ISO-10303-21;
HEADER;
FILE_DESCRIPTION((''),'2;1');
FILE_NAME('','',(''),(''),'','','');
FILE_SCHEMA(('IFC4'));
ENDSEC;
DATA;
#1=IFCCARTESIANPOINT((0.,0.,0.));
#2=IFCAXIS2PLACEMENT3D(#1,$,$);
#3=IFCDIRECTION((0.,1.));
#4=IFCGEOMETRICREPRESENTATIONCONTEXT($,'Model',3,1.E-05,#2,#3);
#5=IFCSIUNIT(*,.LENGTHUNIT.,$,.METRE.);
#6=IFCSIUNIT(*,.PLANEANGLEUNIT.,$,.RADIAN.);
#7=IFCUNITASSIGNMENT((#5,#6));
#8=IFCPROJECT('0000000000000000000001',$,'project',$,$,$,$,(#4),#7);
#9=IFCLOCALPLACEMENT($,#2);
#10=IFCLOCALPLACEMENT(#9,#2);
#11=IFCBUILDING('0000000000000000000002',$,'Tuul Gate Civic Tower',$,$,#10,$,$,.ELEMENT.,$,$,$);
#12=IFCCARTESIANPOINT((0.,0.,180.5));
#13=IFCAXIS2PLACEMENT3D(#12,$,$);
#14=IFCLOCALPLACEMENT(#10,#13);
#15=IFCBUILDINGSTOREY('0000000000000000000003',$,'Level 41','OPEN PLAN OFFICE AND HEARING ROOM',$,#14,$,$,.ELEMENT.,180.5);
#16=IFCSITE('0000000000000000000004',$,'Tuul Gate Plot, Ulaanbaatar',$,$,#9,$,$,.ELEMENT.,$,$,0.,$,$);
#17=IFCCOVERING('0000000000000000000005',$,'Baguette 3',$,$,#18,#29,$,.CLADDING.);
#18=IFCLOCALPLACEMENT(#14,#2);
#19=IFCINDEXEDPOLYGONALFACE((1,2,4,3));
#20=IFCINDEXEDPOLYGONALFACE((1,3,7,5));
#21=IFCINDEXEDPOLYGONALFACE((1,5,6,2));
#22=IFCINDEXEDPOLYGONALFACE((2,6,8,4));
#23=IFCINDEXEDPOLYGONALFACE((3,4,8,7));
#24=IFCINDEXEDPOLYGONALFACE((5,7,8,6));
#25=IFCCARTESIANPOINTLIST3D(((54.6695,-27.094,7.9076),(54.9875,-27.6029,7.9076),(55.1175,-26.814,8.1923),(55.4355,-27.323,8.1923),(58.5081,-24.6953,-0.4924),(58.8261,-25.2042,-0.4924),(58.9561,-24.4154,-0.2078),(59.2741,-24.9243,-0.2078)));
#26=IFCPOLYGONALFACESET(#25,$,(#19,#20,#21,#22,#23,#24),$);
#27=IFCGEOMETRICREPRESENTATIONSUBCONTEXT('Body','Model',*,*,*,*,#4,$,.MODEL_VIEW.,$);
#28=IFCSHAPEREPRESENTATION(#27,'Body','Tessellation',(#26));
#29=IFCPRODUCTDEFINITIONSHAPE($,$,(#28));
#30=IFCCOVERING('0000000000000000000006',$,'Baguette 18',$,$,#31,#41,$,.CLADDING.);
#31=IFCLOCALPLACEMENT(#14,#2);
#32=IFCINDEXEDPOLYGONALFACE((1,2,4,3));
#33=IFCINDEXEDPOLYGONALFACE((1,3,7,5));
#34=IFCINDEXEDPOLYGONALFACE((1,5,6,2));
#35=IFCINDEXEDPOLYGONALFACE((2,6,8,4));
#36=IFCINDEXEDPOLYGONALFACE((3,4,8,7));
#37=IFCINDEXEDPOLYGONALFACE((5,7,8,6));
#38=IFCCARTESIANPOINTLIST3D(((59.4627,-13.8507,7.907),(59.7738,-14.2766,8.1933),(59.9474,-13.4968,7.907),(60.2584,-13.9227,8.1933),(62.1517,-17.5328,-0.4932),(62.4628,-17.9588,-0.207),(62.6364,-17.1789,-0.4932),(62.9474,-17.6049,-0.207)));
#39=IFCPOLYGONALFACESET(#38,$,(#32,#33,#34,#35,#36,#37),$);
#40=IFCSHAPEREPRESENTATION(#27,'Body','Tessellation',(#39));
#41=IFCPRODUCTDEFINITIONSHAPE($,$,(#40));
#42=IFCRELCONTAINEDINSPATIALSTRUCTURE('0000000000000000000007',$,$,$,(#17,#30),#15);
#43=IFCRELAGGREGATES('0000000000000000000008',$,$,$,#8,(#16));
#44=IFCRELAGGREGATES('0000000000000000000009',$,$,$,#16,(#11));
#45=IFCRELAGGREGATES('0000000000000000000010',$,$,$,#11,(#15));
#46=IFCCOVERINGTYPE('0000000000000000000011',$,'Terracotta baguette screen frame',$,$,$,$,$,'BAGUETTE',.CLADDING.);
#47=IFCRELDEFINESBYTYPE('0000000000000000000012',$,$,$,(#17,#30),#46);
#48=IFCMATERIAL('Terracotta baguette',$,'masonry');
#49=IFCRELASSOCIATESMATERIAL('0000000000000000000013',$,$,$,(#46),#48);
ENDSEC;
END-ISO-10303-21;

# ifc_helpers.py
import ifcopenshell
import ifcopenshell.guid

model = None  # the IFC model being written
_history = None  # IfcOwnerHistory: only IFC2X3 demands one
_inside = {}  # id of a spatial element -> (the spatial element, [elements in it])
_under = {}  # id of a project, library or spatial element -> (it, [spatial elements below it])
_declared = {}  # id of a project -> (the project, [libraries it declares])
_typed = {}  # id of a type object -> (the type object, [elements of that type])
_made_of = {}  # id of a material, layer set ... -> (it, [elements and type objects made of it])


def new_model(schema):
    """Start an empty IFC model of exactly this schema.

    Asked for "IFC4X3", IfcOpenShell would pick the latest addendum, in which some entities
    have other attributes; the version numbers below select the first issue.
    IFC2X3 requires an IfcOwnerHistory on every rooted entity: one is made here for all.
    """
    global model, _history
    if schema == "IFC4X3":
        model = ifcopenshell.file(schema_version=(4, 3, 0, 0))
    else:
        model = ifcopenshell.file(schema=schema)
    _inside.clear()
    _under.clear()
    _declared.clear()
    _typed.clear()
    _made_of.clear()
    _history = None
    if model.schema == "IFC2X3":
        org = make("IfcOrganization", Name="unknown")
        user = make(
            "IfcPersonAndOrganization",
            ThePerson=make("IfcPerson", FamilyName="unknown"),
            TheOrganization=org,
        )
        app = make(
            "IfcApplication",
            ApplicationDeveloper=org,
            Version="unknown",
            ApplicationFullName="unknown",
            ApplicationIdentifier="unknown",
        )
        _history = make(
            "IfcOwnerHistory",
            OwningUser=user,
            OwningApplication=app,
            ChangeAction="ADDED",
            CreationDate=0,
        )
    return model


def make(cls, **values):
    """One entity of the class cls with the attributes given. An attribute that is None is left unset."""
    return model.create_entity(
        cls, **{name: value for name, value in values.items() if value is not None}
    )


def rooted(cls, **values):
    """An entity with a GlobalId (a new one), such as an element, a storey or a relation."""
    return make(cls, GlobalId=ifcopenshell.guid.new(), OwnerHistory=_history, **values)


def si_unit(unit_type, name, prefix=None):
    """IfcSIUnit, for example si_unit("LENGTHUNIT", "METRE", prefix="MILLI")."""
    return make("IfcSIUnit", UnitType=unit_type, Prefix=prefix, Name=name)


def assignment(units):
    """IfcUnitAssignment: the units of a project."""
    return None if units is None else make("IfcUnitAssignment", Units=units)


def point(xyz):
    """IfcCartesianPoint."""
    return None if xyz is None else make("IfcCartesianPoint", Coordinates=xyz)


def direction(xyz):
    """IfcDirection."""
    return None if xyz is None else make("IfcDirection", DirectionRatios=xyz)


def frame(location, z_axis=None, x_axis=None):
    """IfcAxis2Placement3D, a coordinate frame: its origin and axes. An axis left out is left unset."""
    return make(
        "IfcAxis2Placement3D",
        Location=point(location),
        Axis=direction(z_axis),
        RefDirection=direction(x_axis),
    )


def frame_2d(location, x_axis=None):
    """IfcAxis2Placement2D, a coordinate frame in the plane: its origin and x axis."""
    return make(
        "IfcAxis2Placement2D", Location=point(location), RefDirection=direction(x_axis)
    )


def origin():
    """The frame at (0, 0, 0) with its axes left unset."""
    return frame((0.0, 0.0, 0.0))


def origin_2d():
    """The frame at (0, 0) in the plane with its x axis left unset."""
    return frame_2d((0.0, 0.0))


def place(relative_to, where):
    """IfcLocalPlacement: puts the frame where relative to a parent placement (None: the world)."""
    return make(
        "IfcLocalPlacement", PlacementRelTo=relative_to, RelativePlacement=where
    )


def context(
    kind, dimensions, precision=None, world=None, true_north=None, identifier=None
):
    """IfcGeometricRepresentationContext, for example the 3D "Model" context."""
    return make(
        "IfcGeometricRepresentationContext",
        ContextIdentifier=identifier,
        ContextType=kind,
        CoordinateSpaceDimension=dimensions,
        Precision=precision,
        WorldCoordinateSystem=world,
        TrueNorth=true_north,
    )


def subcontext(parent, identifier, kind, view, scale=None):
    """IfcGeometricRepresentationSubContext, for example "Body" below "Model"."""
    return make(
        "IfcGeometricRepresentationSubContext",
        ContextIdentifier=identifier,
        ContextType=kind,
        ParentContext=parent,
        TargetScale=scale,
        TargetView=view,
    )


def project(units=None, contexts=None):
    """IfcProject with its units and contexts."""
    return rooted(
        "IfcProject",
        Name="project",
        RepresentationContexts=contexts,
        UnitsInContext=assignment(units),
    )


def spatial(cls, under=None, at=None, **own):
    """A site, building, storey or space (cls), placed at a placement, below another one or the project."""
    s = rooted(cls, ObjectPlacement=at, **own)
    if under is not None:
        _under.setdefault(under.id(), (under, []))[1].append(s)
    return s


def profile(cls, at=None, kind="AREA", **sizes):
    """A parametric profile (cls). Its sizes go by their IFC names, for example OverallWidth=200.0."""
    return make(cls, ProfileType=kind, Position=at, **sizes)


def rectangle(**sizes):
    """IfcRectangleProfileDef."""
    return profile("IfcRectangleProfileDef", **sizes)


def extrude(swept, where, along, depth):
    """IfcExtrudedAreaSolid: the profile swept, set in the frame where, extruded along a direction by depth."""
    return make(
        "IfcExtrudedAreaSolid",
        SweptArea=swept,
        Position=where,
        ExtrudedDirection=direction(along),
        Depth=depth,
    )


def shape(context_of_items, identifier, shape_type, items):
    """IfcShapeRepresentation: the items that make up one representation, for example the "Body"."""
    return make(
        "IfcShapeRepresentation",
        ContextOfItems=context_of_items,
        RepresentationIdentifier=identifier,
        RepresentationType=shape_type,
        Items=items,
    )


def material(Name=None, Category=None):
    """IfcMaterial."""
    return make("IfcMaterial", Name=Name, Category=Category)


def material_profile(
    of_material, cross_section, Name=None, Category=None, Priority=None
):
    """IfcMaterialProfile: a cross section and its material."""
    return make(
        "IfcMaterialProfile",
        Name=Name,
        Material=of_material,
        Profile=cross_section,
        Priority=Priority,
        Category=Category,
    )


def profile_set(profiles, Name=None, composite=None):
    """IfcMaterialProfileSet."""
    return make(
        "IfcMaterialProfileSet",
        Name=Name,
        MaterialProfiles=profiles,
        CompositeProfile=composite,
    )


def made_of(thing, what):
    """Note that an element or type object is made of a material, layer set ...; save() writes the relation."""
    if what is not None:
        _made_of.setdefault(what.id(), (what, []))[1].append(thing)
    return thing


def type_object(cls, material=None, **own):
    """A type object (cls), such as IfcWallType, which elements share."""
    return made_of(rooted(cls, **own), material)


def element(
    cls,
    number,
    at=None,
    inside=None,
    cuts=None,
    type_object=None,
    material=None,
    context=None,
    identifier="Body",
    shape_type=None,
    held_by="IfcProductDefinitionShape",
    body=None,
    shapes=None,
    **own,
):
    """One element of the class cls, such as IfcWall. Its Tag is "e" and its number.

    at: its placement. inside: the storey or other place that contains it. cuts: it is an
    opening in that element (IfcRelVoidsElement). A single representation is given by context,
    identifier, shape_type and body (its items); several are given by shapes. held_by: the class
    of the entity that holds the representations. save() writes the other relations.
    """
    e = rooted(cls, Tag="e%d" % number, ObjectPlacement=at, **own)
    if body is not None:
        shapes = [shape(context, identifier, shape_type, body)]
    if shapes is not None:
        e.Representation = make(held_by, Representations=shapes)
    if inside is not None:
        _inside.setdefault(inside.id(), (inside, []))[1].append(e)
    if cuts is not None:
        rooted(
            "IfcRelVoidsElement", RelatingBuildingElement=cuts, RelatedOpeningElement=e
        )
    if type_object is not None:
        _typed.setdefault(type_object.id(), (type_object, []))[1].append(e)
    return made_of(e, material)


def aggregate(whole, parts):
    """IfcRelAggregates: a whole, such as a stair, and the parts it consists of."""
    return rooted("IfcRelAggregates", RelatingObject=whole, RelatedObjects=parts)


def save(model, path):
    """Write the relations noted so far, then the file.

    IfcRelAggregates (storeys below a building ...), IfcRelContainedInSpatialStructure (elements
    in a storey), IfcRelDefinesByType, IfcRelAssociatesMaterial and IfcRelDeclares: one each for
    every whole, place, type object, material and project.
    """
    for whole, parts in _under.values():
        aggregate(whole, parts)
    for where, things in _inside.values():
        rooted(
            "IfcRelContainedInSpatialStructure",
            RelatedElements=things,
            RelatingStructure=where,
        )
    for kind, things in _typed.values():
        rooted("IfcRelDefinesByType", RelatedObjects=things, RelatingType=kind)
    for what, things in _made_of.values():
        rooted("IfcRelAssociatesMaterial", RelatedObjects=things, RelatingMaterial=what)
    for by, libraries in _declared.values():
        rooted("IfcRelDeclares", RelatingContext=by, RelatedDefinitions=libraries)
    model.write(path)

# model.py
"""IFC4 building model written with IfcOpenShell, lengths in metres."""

from ifc_helpers import new_model, si_unit, direction, frame, origin, origin_2d, place, context, subcontext, project, spatial, rectangle, extrude, material, material_profile, profile_set, type_object, element, save


model = new_model("IFC4")

# Units and contexts
model_context = context("Model", 3, precision=1e-05, world=origin(), true_north=direction((0.0, 1.0)))
body_context = subcontext(model_context, "Body", "Model", "MODEL_VIEW")
ifc_project = project(units=[si_unit("LENGTHUNIT", "METRE"), si_unit("PLANEANGLEUNIT", "RADIAN")], contexts=[model_context])

# Site, building, storey
site_placement = place(None, origin())
site = spatial("IfcSite", under=ifc_project, at=site_placement, Name="Tuul Gate Plot, Ulaanbaatar", CompositionType="ELEMENT", RefElevation=0.0)
building_placement = place(site_placement, origin())
building = spatial("IfcBuilding", under=site, at=building_placement, Name="Tuul Gate Civic Tower", CompositionType="ELEMENT")
storey_placement = place(building_placement, frame((0.0, 0.0, 180.5)))
storey = spatial("IfcBuildingStorey", under=building, at=storey_placement, Name="Level 41", Description="OPEN PLAN OFFICE AND HEARING ROOM", CompositionType="ELEMENT", Elevation=180.5)

# Coverings
ifc_material_1 = material(Name="Terracotta baguette", Category="masonry")
ifc_material_profile_1 = material_profile(ifc_material_1, rectangle(XDim=0.6001, YDim=0.6001, at=origin_2d()), Name="Terracotta baguette screen frame")
ifc_profile_set_1 = profile_set([ifc_material_profile_1], Name="Terracotta baguette")
covering_type = type_object("IfcCoveringType", Name="Terracotta baguette screen frame", ElementType="BAGUETTE", PredefinedType="CLADDING", material=ifc_profile_set_1)
covering_1_placement = place(storey_placement, frame((58.8911, -24.8098, -0.3501), z_axis=(-0.402284, -0.25138, 0.880327), x_axis=(0.529926, -0.848044, 0.0)))
element("IfcCovering", 1, at=covering_1_placement, inside=storey, type_object=covering_type, Name="Baguette 3", PredefinedType="CLADDING", context=body_context, shape_type="SweptSolid", body=[
    extrude(rectangle(XDim=0.6001, YDim=0.6001, at=origin_2d()), origin(), (0.0, 0.0, 1.0), 9.542),
])
covering_2_placement = place(storey_placement, frame((62.5496, -17.5688, -0.3501), z_axis=(-0.281338, 0.38525, 0.878881), x_axis=(-0.807581, -0.589756, 0.0)))
element("IfcCovering", 2, at=covering_2_placement, inside=storey, type_object=covering_type, Name="Baguette 18", PredefinedType="CLADDING", context=body_context, shape_type="SweptSolid", body=[
    extrude(rectangle(XDim=0.6001, YDim=0.6001, at=origin_2d()), origin(), (0.0, 0.0, 1.0), 9.5579),
])

save(model, "model.ifc")
